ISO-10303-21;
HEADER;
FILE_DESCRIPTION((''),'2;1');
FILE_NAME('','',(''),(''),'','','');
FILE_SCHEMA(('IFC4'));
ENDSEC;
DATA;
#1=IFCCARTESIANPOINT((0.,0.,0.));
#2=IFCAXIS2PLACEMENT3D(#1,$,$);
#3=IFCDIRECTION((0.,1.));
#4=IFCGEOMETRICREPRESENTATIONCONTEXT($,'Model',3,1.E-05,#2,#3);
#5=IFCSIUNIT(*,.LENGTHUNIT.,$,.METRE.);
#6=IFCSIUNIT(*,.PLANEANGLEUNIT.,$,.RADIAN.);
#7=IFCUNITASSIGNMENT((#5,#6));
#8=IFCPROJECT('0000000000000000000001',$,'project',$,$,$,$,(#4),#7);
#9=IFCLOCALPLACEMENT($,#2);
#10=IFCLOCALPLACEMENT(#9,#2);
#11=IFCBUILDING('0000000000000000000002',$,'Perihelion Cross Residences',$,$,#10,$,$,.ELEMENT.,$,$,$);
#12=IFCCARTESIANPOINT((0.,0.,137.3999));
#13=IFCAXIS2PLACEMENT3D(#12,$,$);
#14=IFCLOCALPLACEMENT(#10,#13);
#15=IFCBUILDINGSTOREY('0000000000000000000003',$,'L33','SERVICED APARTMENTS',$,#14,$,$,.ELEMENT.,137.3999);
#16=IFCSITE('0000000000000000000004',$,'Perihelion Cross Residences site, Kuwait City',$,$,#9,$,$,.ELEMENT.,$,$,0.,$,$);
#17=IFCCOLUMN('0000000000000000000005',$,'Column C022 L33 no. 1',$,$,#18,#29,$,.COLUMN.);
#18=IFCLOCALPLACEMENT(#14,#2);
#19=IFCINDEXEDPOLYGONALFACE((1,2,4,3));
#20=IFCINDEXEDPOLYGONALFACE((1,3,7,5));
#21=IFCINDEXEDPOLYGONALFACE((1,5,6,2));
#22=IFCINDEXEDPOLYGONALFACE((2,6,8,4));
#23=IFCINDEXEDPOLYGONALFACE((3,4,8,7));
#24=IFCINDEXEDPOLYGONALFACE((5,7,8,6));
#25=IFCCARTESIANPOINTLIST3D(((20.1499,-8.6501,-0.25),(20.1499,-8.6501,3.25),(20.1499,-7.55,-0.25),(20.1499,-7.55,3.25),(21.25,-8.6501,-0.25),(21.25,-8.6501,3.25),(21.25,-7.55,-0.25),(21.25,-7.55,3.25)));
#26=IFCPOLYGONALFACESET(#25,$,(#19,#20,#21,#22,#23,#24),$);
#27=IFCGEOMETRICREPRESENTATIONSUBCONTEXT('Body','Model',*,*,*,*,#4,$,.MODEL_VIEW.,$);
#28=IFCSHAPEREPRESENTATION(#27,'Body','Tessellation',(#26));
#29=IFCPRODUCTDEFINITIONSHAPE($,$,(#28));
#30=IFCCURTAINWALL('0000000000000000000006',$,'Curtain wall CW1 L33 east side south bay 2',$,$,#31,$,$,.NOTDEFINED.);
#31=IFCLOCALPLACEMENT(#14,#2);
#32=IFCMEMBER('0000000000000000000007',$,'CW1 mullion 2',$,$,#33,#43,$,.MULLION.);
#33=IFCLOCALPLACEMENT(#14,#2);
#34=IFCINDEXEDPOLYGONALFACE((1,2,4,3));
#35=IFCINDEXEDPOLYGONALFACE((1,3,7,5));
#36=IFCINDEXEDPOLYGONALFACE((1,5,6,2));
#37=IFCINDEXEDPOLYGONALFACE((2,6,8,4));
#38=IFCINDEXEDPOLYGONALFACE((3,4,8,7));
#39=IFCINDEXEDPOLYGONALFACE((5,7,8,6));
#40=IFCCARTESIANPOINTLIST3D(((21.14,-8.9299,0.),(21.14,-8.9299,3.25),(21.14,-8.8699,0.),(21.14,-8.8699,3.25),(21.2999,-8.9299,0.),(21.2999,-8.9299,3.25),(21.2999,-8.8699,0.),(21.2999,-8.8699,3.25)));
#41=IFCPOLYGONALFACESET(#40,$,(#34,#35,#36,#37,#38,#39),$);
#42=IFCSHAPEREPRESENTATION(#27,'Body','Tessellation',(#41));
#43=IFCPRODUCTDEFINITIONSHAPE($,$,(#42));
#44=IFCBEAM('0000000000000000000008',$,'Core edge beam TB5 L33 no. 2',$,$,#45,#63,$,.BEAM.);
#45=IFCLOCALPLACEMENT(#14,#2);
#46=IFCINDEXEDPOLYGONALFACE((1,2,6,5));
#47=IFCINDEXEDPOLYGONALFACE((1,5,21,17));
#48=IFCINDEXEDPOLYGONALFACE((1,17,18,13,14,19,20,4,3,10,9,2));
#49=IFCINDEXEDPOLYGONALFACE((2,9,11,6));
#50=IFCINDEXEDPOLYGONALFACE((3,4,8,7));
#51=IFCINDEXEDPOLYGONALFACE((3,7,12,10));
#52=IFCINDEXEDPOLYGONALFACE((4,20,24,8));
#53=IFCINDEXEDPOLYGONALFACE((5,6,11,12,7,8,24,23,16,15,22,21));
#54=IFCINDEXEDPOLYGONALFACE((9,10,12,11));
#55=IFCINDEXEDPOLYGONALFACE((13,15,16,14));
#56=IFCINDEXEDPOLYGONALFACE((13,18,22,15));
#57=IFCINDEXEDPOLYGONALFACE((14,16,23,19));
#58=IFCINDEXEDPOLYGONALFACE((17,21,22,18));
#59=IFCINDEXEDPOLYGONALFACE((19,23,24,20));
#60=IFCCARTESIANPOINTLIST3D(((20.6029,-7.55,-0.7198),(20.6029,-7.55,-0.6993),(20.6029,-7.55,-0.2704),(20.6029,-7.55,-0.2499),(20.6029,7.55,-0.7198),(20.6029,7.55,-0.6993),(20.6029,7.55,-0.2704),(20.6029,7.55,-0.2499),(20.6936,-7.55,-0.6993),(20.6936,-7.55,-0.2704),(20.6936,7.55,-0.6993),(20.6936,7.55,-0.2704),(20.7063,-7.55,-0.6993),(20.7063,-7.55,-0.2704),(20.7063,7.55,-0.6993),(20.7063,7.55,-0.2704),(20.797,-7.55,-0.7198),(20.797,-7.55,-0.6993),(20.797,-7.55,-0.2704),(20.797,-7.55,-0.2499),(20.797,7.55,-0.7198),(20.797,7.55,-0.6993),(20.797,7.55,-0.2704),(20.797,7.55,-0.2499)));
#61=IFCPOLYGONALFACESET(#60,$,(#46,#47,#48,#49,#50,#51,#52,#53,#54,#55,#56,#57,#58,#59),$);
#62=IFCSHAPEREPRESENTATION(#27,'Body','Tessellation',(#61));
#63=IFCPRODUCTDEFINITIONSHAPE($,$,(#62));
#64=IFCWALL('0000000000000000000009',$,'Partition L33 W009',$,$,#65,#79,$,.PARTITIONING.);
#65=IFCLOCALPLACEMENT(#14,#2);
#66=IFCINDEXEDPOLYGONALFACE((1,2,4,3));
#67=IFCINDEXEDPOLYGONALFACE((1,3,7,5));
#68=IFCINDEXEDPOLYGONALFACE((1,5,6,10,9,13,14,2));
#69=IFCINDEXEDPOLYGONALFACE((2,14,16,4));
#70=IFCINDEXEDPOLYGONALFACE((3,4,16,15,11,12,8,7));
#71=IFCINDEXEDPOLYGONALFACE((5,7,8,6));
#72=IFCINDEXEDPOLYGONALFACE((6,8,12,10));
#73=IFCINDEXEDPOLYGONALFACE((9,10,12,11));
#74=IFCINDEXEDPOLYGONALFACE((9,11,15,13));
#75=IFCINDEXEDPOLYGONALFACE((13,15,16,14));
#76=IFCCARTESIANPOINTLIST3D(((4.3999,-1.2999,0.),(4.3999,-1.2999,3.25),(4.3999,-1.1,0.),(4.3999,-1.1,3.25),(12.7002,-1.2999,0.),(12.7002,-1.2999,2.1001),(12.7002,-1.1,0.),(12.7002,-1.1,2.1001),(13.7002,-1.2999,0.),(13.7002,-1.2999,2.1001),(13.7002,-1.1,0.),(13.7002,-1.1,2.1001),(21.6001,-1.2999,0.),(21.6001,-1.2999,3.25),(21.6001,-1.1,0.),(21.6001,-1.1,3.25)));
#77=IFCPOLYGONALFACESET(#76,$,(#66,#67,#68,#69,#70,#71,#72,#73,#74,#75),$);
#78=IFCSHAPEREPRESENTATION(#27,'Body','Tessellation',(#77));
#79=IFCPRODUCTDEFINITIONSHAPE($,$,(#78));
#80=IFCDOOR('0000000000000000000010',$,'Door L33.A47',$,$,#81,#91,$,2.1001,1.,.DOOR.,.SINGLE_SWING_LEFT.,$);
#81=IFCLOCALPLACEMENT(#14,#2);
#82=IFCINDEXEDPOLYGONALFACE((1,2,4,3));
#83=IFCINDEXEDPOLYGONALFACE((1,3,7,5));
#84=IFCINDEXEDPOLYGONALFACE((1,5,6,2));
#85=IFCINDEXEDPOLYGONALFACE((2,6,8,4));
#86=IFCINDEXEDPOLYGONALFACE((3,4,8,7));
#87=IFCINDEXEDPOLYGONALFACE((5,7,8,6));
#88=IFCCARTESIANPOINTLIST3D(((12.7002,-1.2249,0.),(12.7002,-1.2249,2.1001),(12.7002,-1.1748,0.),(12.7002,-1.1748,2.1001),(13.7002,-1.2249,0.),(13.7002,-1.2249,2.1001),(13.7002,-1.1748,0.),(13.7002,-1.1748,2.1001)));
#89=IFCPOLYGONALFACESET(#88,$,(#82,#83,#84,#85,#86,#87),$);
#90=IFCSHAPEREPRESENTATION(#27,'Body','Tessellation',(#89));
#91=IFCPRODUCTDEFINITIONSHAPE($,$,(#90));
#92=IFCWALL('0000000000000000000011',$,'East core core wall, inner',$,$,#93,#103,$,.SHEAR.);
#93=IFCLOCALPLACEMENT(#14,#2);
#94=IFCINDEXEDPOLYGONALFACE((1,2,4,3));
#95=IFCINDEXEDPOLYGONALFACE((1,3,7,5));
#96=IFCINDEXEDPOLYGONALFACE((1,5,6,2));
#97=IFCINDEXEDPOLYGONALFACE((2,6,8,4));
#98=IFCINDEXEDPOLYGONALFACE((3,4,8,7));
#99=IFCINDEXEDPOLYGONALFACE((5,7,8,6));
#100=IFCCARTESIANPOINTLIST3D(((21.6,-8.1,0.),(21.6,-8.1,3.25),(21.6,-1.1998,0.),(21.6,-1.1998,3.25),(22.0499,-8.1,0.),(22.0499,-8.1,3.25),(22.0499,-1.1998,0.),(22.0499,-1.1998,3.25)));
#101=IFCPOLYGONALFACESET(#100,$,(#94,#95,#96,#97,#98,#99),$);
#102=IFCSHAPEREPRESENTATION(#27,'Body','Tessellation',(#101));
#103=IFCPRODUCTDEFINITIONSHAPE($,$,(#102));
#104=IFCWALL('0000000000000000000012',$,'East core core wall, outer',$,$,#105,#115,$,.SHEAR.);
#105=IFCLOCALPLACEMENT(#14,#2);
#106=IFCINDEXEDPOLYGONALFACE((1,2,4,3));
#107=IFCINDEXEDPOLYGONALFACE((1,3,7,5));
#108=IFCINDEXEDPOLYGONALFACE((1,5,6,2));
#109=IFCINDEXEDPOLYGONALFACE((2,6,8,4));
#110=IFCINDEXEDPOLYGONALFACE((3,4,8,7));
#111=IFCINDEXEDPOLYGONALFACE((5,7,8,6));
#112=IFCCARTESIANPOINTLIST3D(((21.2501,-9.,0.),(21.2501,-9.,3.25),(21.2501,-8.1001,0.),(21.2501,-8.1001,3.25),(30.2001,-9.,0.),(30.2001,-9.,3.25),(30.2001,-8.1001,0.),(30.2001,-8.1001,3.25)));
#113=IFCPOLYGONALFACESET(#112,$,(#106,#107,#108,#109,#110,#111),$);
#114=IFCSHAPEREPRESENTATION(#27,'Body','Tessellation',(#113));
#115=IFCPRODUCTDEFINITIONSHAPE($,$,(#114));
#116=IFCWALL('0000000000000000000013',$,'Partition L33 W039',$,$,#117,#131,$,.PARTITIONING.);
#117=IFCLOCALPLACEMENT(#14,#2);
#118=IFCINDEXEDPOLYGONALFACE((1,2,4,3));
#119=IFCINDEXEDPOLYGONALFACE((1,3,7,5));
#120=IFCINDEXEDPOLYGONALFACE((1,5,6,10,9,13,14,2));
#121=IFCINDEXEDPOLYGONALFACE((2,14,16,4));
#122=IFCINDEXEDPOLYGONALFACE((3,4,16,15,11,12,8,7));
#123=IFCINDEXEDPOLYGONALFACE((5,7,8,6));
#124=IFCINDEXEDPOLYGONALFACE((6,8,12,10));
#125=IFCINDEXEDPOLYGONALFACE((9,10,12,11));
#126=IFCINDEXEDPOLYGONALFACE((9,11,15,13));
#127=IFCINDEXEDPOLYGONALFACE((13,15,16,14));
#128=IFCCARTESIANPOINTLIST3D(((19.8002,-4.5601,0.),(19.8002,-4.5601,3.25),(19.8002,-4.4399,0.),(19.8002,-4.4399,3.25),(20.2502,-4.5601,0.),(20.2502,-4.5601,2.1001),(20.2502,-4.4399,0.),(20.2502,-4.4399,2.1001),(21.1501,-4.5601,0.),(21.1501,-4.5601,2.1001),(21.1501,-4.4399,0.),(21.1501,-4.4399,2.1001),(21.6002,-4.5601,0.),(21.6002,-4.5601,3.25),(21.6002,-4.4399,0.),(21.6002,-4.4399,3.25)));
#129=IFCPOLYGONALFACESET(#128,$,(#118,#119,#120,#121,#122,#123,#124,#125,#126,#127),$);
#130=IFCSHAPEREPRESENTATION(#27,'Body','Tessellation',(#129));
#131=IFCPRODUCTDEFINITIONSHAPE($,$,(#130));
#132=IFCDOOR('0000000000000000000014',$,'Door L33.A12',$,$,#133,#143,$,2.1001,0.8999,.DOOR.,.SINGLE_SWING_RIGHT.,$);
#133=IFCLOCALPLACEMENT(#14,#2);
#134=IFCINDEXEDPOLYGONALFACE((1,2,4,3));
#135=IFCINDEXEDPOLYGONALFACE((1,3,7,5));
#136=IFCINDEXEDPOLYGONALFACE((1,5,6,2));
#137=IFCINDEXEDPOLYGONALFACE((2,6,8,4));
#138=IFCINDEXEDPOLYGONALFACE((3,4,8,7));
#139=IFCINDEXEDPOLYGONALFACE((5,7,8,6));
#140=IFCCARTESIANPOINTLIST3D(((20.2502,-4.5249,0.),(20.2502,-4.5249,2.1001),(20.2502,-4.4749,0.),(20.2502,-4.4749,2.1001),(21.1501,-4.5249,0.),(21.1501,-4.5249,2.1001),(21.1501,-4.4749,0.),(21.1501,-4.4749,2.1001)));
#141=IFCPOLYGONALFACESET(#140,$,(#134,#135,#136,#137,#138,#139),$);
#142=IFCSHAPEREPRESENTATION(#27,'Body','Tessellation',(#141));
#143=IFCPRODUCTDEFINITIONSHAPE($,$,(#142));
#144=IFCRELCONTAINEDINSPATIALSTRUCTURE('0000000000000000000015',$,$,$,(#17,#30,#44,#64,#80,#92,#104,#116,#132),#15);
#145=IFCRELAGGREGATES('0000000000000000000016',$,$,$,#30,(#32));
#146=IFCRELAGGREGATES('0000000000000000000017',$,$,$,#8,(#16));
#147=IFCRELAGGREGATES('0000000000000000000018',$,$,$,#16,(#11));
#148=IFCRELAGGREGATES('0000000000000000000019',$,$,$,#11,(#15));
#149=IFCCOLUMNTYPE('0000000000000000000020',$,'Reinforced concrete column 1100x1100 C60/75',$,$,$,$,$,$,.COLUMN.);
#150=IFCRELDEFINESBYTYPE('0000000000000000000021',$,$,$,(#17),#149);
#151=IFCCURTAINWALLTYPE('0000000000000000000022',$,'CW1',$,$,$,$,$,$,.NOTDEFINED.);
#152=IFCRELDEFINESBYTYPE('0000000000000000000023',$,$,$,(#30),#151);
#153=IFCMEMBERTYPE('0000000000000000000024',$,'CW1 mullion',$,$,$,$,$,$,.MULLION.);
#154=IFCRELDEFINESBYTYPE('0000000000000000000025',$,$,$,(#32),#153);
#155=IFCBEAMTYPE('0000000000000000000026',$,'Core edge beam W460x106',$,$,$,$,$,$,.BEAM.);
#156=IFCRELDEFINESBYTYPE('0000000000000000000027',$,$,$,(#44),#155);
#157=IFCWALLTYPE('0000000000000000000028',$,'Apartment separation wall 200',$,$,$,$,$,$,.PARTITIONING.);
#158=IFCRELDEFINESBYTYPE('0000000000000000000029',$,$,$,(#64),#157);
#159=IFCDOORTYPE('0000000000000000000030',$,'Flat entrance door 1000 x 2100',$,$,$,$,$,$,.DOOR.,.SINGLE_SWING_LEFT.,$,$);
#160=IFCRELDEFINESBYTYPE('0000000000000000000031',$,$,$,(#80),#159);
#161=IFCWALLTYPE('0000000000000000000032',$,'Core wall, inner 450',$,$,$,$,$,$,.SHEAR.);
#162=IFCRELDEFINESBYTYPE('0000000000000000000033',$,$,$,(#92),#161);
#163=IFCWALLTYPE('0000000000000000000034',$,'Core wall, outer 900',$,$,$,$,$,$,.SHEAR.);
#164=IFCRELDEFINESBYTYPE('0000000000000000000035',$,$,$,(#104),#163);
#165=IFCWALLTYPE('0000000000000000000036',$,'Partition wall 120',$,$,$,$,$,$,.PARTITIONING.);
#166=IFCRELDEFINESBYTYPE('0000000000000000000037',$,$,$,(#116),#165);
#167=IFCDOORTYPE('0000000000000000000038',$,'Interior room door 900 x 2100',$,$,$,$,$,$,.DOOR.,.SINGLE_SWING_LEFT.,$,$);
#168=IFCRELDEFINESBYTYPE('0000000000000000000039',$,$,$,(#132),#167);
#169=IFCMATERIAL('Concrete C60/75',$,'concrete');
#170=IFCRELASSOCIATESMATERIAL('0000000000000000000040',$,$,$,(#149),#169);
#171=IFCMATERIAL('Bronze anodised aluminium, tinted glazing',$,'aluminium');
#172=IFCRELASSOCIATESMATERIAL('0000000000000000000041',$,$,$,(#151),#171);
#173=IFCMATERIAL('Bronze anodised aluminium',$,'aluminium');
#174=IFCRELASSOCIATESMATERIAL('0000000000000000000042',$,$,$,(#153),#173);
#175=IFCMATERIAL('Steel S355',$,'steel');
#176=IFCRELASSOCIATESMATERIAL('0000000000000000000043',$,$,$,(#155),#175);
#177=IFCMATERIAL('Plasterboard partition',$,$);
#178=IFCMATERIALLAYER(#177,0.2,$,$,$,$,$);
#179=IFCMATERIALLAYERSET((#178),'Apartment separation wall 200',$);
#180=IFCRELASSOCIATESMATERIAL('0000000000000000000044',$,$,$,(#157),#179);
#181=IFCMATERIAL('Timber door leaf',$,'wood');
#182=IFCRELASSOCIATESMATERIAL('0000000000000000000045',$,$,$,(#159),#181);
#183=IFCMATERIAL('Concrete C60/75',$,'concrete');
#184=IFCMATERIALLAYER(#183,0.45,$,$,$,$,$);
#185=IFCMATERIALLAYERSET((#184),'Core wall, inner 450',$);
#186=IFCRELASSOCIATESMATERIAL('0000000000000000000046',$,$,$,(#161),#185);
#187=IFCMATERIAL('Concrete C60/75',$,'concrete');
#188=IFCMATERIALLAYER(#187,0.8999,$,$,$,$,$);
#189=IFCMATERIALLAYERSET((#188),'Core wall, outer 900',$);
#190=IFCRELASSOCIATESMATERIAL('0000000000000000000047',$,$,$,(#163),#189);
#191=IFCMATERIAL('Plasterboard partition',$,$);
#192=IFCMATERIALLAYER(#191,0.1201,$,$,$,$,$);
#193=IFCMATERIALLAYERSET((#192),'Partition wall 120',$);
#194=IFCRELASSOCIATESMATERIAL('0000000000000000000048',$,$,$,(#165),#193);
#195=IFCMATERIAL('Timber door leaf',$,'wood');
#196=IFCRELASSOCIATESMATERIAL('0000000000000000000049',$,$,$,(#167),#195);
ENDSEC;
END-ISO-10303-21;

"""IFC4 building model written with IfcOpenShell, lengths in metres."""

from ifc_helpers import new_model, si_unit, direction, frame, frame_2d, origin, origin_2d, place, context, subcontext, project, spatial, rectangle, i_section, extrude, material, layer, layer_set, material_profile, profile_set, type_object, element, fill, aggregate, save


model = new_model("IFC4")

# Units and contexts
model_context = context("Model", 3, precision=1e-05, world=origin(), true_north=direction((0.0, 1.0)))
body_context = subcontext(model_context, "Body", "Model", "MODEL_VIEW")
ifc_project = project(units=[si_unit("LENGTHUNIT", "METRE"), si_unit("PLANEANGLEUNIT", "RADIAN")], contexts=[model_context])

# Site, building, storey
site_placement = place(None, origin())
site = spatial("IfcSite", under=ifc_project, at=site_placement, Name="Perihelion Cross Residences site, Kuwait City", CompositionType="ELEMENT", RefElevation=0.0)
building_placement = place(site_placement, origin())
building = spatial("IfcBuilding", under=site, at=building_placement, Name="Perihelion Cross Residences", CompositionType="ELEMENT")
storey_placement = place(building_placement, frame((0.0, 0.0, 137.3999)))
storey = spatial("IfcBuildingStorey", under=building, at=storey_placement, Name="L33", Description="SERVICED APARTMENTS", CompositionType="ELEMENT", Elevation=137.3999)

# Column
ifc_material_1 = material(Name="Concrete C60/75", Category="concrete")
ifc_material_profile_1 = material_profile(ifc_material_1, rectangle(XDim=1.1001, YDim=1.1001, at=origin_2d()), Name="RC 1100x1100")
ifc_profile_set_1 = profile_set([ifc_material_profile_1], Name="Concrete C60/75")
column_type = type_object("IfcColumnType", Name="Reinforced concrete column 1100x1100 C60/75", PredefinedType="COLUMN", material=ifc_profile_set_1)
column_placement = place(storey_placement, frame((20.7, -8.1001, -0.25), z_axis=(0.0, 0.0, 1.0), x_axis=(1.0, 0.0, 0.0)))
element("IfcColumn", 1, at=column_placement, inside=storey, type_object=column_type, Name="Column C022 L33 no. 1", PredefinedType="COLUMN", context=body_context, shape_type="SweptSolid", body=[
    extrude(rectangle(XDim=1.1001, YDim=1.1001, at=origin_2d()), origin(), (0.0, 0.0, 1.0), 3.5),
])

# Curtain wall, member
ifc_material_2 = material(Name="Bronze anodised aluminium, tinted glazing", Category="aluminium")
curtain_wall_type = type_object("IfcCurtainWallType", Name="CW1", PredefinedType="NOTDEFINED", material=ifc_material_2)
curtain_wall_placement = place(storey_placement, origin())
curtain_wall = element("IfcCurtainWall", 2, at=curtain_wall_placement, inside=storey, type_object=curtain_wall_type, Name="Curtain wall CW1 L33 east side south bay 2", PredefinedType="NOTDEFINED")
ifc_material_3 = material(Name="Bronze anodised aluminium", Category="aluminium")
ifc_material_profile_2 = material_profile(ifc_material_3, rectangle(XDim=0.0601, YDim=0.1599, at=origin_2d()), Name="CW1 mullion")
ifc_profile_set_2 = profile_set([ifc_material_profile_2], Name="Bronze anodised aluminium")
member_type = type_object("IfcMemberType", Name="CW1 mullion", PredefinedType="MULLION", material=ifc_profile_set_2)
member_placement = place(storey_placement, frame((21.22, -8.8999, 0.0), z_axis=(0.0, 0.0, 1.0), x_axis=(0.0, 1.0, 0.0)))
member = element("IfcMember", 3, at=member_placement, type_object=member_type, Name="CW1 mullion 2", PredefinedType="MULLION", context=body_context, shape_type="SweptSolid", body=[
    extrude(rectangle(XDim=0.0601, YDim=0.1599, at=origin_2d()), origin(), (0.0, 0.0, 1.0), 3.25),
])
aggregate(curtain_wall, [member])

# Beam
ifc_material_4 = material(Name="Steel S355", Category="steel")
ifc_material_profile_3 = material_profile(ifc_material_4, i_section(OverallWidth=0.1941, OverallDepth=0.47, WebThickness=0.0127, FlangeThickness=0.0205, at=origin_2d()), Name="W460x106")
ifc_profile_set_3 = profile_set([ifc_material_profile_3], Name="Steel S355")
beam_type = type_object("IfcBeamType", Name="Core edge beam W460x106", PredefinedType="BEAM", material=ifc_profile_set_3)
beam_placement = place(storey_placement, frame((20.7, -7.55, -0.4849), z_axis=(0.0, 1.0, 0.0), x_axis=(-1.0, 0.0, 0.0)))
element("IfcBeam", 4, at=beam_placement, inside=storey, type_object=beam_type, Name="Core edge beam TB5 L33 no. 2", PredefinedType="BEAM", context=body_context, shape_type="SweptSolid", body=[
    extrude(i_section(OverallWidth=0.1941, OverallDepth=0.47, WebThickness=0.0127, FlangeThickness=0.0205, at=origin_2d()), origin(), (0.0, 0.0, 1.0), 15.1001),
])

# Wall, opening, door
ifc_material_5 = material(Name="Plasterboard partition")
ifc_layer_1 = layer(ifc_material_5, 0.2)
ifc_layer_set_1 = layer_set([ifc_layer_1], Name="Apartment separation wall 200")
wall_type_1 = type_object("IfcWallType", Name="Apartment separation wall 200", PredefinedType="PARTITIONING", material=ifc_layer_set_1)
wall_1_placement = place(storey_placement, frame((21.6001, -1.2, 0.0), z_axis=(0.0, 0.0, 1.0), x_axis=(-1.0, 0.0, 0.0)))
wall_1 = element("IfcWall", 5, at=wall_1_placement, inside=storey, type_object=wall_type_1, Name="Partition L33 W009", PredefinedType="PARTITIONING", context=body_context, shape_type="SweptSolid", body=[
    extrude(rectangle(XDim=17.2002, YDim=0.2, at=frame_2d((8.6001, 0.0))), origin(), (0.0, 0.0, 1.0), 3.25),
])
opening_1_placement = place(wall_1_placement, frame((7.8999, 0.0, 0.0)))
opening_1 = element("IfcOpeningElement", 6, at=opening_1_placement, cuts=wall_1, PredefinedType="OPENING", context=body_context, shape_type="SweptSolid", body=[
    extrude(rectangle(XDim=1.0, YDim=2.1001, at=frame_2d((0.5, 1.05))), frame((0.0, 0.1099, 0.0), z_axis=(0.0, -1.0, 0.0), x_axis=(1.0, 0.0, 0.0)), (0.0, 0.0, 1.0), 0.22),
])
ifc_material_6 = material(Name="Timber door leaf", Category="wood")
door_type_1 = type_object("IfcDoorType", Name="Flat entrance door 1000 x 2100", OperationType="SINGLE_SWING_LEFT", PredefinedType="DOOR", material=ifc_material_6)
door_1_placement = place(opening_1_placement, origin())
door_1 = element("IfcDoor", 7, at=door_1_placement, inside=storey, type_object=door_type_1, Name="Door L33.A47", OperationType="SINGLE_SWING_LEFT", OverallHeight=2.1001, OverallWidth=1.0, PredefinedType="DOOR", context=body_context, shape_type="SweptSolid", body=[
    extrude(rectangle(XDim=1.0, YDim=2.1001, at=frame_2d((0.5, 1.05))), frame((0.0, 0.0249, 0.0), z_axis=(0.0, -1.0, 0.0), x_axis=(1.0, 0.0, 0.0)), (0.0, 0.0, 1.0), 0.05),
])
fill(opening_1, door_1)

# Walls
ifc_material_7 = material(Name="Concrete C60/75", Category="concrete")
ifc_layer_2 = layer(ifc_material_7, 0.45)
ifc_layer_set_2 = layer_set([ifc_layer_2], Name="Core wall, inner 450")
wall_type_2 = type_object("IfcWallType", Name="Core wall, inner 450", PredefinedType="SHEAR", material=ifc_layer_set_2)
wall_2_placement = place(storey_placement, frame((21.825, -8.1001, 0.0), z_axis=(0.0, 0.0, 1.0), x_axis=(0.0, 1.0, 0.0)))
element("IfcWall", 8, at=wall_2_placement, inside=storey, type_object=wall_type_2, Name="East core core wall, inner", PredefinedType="SHEAR", context=body_context, shape_type="SweptSolid", body=[
    extrude(rectangle(XDim=6.9001, YDim=0.45, at=frame_2d((3.4502, 0.0))), origin(), (0.0, 0.0, 1.0), 3.25),
])
ifc_material_8 = material(Name="Concrete C60/75", Category="concrete")
ifc_layer_3 = layer(ifc_material_8, 0.8999)
ifc_layer_set_3 = layer_set([ifc_layer_3], Name="Core wall, outer 900")
wall_type_3 = type_object("IfcWallType", Name="Core wall, outer 900", PredefinedType="SHEAR", material=ifc_layer_set_3)
wall_3_placement = place(storey_placement, frame((21.25, -8.55, 0.0), z_axis=(0.0, 0.0, 1.0), x_axis=(1.0, 0.0, 0.0)))
element("IfcWall", 9, at=wall_3_placement, inside=storey, type_object=wall_type_3, Name="East core core wall, outer", PredefinedType="SHEAR", context=body_context, shape_type="SweptSolid", body=[
    extrude(rectangle(XDim=8.95, YDim=0.8999, at=frame_2d((4.4751, 0.0))), origin(), (0.0, 0.0, 1.0), 3.25),
])

# Wall, opening, door
ifc_material_9 = material(Name="Plasterboard partition")
ifc_layer_4 = layer(ifc_material_9, 0.1201)
ifc_layer_set_4 = layer_set([ifc_layer_4], Name="Partition wall 120")
wall_type_4 = type_object("IfcWallType", Name="Partition wall 120", PredefinedType="PARTITIONING", material=ifc_layer_set_4)
wall_4_placement = place(storey_placement, frame((21.6001, -4.5, 0.0), z_axis=(0.0, 0.0, 1.0), x_axis=(-1.0, 0.0, 0.0)))
wall_4 = element("IfcWall", 10, at=wall_4_placement, inside=storey, type_object=wall_type_4, Name="Partition L33 W039", PredefinedType="PARTITIONING", context=body_context, shape_type="SweptSolid", body=[
    extrude(rectangle(XDim=1.8, YDim=0.1201, at=frame_2d((0.8999, 0.0))), origin(), (0.0, 0.0, 1.0), 3.25),
])
opening_2_placement = place(wall_4_placement, frame((0.45, 0.0, 0.0)))
opening_2 = element("IfcOpeningElement", 11, at=opening_2_placement, cuts=wall_4, PredefinedType="OPENING", context=body_context, shape_type="SweptSolid", body=[
    extrude(rectangle(XDim=0.8999, YDim=2.1001, at=frame_2d((0.45, 1.05))), frame((0.0, 0.0701, 0.0), z_axis=(0.0, -1.0, 0.0), x_axis=(1.0, 0.0, 0.0)), (0.0, 0.0, 1.0), 0.1401),
])
ifc_material_10 = material(Name="Timber door leaf", Category="wood")
door_type_2 = type_object("IfcDoorType", Name="Interior room door 900 x 2100", OperationType="SINGLE_SWING_LEFT", PredefinedType="DOOR", material=ifc_material_10)
door_2_placement = place(opening_2_placement, origin())
door_2 = element("IfcDoor", 12, at=door_2_placement, inside=storey, type_object=door_type_2, Name="Door L33.A12", OperationType="SINGLE_SWING_RIGHT", OverallHeight=2.1001, OverallWidth=0.8999, PredefinedType="DOOR", context=body_context, shape_type="SweptSolid", body=[
    extrude(rectangle(XDim=0.8999, YDim=2.1001, at=frame_2d((0.45, 1.05))), frame((0.0, 0.0249, 0.0), z_axis=(0.0, -1.0, 0.0), x_axis=(1.0, 0.0, 0.0)), (0.0, 0.0, 1.0), 0.05),
])
fill(opening_2, door_2)

save(model, "model.ifc")
